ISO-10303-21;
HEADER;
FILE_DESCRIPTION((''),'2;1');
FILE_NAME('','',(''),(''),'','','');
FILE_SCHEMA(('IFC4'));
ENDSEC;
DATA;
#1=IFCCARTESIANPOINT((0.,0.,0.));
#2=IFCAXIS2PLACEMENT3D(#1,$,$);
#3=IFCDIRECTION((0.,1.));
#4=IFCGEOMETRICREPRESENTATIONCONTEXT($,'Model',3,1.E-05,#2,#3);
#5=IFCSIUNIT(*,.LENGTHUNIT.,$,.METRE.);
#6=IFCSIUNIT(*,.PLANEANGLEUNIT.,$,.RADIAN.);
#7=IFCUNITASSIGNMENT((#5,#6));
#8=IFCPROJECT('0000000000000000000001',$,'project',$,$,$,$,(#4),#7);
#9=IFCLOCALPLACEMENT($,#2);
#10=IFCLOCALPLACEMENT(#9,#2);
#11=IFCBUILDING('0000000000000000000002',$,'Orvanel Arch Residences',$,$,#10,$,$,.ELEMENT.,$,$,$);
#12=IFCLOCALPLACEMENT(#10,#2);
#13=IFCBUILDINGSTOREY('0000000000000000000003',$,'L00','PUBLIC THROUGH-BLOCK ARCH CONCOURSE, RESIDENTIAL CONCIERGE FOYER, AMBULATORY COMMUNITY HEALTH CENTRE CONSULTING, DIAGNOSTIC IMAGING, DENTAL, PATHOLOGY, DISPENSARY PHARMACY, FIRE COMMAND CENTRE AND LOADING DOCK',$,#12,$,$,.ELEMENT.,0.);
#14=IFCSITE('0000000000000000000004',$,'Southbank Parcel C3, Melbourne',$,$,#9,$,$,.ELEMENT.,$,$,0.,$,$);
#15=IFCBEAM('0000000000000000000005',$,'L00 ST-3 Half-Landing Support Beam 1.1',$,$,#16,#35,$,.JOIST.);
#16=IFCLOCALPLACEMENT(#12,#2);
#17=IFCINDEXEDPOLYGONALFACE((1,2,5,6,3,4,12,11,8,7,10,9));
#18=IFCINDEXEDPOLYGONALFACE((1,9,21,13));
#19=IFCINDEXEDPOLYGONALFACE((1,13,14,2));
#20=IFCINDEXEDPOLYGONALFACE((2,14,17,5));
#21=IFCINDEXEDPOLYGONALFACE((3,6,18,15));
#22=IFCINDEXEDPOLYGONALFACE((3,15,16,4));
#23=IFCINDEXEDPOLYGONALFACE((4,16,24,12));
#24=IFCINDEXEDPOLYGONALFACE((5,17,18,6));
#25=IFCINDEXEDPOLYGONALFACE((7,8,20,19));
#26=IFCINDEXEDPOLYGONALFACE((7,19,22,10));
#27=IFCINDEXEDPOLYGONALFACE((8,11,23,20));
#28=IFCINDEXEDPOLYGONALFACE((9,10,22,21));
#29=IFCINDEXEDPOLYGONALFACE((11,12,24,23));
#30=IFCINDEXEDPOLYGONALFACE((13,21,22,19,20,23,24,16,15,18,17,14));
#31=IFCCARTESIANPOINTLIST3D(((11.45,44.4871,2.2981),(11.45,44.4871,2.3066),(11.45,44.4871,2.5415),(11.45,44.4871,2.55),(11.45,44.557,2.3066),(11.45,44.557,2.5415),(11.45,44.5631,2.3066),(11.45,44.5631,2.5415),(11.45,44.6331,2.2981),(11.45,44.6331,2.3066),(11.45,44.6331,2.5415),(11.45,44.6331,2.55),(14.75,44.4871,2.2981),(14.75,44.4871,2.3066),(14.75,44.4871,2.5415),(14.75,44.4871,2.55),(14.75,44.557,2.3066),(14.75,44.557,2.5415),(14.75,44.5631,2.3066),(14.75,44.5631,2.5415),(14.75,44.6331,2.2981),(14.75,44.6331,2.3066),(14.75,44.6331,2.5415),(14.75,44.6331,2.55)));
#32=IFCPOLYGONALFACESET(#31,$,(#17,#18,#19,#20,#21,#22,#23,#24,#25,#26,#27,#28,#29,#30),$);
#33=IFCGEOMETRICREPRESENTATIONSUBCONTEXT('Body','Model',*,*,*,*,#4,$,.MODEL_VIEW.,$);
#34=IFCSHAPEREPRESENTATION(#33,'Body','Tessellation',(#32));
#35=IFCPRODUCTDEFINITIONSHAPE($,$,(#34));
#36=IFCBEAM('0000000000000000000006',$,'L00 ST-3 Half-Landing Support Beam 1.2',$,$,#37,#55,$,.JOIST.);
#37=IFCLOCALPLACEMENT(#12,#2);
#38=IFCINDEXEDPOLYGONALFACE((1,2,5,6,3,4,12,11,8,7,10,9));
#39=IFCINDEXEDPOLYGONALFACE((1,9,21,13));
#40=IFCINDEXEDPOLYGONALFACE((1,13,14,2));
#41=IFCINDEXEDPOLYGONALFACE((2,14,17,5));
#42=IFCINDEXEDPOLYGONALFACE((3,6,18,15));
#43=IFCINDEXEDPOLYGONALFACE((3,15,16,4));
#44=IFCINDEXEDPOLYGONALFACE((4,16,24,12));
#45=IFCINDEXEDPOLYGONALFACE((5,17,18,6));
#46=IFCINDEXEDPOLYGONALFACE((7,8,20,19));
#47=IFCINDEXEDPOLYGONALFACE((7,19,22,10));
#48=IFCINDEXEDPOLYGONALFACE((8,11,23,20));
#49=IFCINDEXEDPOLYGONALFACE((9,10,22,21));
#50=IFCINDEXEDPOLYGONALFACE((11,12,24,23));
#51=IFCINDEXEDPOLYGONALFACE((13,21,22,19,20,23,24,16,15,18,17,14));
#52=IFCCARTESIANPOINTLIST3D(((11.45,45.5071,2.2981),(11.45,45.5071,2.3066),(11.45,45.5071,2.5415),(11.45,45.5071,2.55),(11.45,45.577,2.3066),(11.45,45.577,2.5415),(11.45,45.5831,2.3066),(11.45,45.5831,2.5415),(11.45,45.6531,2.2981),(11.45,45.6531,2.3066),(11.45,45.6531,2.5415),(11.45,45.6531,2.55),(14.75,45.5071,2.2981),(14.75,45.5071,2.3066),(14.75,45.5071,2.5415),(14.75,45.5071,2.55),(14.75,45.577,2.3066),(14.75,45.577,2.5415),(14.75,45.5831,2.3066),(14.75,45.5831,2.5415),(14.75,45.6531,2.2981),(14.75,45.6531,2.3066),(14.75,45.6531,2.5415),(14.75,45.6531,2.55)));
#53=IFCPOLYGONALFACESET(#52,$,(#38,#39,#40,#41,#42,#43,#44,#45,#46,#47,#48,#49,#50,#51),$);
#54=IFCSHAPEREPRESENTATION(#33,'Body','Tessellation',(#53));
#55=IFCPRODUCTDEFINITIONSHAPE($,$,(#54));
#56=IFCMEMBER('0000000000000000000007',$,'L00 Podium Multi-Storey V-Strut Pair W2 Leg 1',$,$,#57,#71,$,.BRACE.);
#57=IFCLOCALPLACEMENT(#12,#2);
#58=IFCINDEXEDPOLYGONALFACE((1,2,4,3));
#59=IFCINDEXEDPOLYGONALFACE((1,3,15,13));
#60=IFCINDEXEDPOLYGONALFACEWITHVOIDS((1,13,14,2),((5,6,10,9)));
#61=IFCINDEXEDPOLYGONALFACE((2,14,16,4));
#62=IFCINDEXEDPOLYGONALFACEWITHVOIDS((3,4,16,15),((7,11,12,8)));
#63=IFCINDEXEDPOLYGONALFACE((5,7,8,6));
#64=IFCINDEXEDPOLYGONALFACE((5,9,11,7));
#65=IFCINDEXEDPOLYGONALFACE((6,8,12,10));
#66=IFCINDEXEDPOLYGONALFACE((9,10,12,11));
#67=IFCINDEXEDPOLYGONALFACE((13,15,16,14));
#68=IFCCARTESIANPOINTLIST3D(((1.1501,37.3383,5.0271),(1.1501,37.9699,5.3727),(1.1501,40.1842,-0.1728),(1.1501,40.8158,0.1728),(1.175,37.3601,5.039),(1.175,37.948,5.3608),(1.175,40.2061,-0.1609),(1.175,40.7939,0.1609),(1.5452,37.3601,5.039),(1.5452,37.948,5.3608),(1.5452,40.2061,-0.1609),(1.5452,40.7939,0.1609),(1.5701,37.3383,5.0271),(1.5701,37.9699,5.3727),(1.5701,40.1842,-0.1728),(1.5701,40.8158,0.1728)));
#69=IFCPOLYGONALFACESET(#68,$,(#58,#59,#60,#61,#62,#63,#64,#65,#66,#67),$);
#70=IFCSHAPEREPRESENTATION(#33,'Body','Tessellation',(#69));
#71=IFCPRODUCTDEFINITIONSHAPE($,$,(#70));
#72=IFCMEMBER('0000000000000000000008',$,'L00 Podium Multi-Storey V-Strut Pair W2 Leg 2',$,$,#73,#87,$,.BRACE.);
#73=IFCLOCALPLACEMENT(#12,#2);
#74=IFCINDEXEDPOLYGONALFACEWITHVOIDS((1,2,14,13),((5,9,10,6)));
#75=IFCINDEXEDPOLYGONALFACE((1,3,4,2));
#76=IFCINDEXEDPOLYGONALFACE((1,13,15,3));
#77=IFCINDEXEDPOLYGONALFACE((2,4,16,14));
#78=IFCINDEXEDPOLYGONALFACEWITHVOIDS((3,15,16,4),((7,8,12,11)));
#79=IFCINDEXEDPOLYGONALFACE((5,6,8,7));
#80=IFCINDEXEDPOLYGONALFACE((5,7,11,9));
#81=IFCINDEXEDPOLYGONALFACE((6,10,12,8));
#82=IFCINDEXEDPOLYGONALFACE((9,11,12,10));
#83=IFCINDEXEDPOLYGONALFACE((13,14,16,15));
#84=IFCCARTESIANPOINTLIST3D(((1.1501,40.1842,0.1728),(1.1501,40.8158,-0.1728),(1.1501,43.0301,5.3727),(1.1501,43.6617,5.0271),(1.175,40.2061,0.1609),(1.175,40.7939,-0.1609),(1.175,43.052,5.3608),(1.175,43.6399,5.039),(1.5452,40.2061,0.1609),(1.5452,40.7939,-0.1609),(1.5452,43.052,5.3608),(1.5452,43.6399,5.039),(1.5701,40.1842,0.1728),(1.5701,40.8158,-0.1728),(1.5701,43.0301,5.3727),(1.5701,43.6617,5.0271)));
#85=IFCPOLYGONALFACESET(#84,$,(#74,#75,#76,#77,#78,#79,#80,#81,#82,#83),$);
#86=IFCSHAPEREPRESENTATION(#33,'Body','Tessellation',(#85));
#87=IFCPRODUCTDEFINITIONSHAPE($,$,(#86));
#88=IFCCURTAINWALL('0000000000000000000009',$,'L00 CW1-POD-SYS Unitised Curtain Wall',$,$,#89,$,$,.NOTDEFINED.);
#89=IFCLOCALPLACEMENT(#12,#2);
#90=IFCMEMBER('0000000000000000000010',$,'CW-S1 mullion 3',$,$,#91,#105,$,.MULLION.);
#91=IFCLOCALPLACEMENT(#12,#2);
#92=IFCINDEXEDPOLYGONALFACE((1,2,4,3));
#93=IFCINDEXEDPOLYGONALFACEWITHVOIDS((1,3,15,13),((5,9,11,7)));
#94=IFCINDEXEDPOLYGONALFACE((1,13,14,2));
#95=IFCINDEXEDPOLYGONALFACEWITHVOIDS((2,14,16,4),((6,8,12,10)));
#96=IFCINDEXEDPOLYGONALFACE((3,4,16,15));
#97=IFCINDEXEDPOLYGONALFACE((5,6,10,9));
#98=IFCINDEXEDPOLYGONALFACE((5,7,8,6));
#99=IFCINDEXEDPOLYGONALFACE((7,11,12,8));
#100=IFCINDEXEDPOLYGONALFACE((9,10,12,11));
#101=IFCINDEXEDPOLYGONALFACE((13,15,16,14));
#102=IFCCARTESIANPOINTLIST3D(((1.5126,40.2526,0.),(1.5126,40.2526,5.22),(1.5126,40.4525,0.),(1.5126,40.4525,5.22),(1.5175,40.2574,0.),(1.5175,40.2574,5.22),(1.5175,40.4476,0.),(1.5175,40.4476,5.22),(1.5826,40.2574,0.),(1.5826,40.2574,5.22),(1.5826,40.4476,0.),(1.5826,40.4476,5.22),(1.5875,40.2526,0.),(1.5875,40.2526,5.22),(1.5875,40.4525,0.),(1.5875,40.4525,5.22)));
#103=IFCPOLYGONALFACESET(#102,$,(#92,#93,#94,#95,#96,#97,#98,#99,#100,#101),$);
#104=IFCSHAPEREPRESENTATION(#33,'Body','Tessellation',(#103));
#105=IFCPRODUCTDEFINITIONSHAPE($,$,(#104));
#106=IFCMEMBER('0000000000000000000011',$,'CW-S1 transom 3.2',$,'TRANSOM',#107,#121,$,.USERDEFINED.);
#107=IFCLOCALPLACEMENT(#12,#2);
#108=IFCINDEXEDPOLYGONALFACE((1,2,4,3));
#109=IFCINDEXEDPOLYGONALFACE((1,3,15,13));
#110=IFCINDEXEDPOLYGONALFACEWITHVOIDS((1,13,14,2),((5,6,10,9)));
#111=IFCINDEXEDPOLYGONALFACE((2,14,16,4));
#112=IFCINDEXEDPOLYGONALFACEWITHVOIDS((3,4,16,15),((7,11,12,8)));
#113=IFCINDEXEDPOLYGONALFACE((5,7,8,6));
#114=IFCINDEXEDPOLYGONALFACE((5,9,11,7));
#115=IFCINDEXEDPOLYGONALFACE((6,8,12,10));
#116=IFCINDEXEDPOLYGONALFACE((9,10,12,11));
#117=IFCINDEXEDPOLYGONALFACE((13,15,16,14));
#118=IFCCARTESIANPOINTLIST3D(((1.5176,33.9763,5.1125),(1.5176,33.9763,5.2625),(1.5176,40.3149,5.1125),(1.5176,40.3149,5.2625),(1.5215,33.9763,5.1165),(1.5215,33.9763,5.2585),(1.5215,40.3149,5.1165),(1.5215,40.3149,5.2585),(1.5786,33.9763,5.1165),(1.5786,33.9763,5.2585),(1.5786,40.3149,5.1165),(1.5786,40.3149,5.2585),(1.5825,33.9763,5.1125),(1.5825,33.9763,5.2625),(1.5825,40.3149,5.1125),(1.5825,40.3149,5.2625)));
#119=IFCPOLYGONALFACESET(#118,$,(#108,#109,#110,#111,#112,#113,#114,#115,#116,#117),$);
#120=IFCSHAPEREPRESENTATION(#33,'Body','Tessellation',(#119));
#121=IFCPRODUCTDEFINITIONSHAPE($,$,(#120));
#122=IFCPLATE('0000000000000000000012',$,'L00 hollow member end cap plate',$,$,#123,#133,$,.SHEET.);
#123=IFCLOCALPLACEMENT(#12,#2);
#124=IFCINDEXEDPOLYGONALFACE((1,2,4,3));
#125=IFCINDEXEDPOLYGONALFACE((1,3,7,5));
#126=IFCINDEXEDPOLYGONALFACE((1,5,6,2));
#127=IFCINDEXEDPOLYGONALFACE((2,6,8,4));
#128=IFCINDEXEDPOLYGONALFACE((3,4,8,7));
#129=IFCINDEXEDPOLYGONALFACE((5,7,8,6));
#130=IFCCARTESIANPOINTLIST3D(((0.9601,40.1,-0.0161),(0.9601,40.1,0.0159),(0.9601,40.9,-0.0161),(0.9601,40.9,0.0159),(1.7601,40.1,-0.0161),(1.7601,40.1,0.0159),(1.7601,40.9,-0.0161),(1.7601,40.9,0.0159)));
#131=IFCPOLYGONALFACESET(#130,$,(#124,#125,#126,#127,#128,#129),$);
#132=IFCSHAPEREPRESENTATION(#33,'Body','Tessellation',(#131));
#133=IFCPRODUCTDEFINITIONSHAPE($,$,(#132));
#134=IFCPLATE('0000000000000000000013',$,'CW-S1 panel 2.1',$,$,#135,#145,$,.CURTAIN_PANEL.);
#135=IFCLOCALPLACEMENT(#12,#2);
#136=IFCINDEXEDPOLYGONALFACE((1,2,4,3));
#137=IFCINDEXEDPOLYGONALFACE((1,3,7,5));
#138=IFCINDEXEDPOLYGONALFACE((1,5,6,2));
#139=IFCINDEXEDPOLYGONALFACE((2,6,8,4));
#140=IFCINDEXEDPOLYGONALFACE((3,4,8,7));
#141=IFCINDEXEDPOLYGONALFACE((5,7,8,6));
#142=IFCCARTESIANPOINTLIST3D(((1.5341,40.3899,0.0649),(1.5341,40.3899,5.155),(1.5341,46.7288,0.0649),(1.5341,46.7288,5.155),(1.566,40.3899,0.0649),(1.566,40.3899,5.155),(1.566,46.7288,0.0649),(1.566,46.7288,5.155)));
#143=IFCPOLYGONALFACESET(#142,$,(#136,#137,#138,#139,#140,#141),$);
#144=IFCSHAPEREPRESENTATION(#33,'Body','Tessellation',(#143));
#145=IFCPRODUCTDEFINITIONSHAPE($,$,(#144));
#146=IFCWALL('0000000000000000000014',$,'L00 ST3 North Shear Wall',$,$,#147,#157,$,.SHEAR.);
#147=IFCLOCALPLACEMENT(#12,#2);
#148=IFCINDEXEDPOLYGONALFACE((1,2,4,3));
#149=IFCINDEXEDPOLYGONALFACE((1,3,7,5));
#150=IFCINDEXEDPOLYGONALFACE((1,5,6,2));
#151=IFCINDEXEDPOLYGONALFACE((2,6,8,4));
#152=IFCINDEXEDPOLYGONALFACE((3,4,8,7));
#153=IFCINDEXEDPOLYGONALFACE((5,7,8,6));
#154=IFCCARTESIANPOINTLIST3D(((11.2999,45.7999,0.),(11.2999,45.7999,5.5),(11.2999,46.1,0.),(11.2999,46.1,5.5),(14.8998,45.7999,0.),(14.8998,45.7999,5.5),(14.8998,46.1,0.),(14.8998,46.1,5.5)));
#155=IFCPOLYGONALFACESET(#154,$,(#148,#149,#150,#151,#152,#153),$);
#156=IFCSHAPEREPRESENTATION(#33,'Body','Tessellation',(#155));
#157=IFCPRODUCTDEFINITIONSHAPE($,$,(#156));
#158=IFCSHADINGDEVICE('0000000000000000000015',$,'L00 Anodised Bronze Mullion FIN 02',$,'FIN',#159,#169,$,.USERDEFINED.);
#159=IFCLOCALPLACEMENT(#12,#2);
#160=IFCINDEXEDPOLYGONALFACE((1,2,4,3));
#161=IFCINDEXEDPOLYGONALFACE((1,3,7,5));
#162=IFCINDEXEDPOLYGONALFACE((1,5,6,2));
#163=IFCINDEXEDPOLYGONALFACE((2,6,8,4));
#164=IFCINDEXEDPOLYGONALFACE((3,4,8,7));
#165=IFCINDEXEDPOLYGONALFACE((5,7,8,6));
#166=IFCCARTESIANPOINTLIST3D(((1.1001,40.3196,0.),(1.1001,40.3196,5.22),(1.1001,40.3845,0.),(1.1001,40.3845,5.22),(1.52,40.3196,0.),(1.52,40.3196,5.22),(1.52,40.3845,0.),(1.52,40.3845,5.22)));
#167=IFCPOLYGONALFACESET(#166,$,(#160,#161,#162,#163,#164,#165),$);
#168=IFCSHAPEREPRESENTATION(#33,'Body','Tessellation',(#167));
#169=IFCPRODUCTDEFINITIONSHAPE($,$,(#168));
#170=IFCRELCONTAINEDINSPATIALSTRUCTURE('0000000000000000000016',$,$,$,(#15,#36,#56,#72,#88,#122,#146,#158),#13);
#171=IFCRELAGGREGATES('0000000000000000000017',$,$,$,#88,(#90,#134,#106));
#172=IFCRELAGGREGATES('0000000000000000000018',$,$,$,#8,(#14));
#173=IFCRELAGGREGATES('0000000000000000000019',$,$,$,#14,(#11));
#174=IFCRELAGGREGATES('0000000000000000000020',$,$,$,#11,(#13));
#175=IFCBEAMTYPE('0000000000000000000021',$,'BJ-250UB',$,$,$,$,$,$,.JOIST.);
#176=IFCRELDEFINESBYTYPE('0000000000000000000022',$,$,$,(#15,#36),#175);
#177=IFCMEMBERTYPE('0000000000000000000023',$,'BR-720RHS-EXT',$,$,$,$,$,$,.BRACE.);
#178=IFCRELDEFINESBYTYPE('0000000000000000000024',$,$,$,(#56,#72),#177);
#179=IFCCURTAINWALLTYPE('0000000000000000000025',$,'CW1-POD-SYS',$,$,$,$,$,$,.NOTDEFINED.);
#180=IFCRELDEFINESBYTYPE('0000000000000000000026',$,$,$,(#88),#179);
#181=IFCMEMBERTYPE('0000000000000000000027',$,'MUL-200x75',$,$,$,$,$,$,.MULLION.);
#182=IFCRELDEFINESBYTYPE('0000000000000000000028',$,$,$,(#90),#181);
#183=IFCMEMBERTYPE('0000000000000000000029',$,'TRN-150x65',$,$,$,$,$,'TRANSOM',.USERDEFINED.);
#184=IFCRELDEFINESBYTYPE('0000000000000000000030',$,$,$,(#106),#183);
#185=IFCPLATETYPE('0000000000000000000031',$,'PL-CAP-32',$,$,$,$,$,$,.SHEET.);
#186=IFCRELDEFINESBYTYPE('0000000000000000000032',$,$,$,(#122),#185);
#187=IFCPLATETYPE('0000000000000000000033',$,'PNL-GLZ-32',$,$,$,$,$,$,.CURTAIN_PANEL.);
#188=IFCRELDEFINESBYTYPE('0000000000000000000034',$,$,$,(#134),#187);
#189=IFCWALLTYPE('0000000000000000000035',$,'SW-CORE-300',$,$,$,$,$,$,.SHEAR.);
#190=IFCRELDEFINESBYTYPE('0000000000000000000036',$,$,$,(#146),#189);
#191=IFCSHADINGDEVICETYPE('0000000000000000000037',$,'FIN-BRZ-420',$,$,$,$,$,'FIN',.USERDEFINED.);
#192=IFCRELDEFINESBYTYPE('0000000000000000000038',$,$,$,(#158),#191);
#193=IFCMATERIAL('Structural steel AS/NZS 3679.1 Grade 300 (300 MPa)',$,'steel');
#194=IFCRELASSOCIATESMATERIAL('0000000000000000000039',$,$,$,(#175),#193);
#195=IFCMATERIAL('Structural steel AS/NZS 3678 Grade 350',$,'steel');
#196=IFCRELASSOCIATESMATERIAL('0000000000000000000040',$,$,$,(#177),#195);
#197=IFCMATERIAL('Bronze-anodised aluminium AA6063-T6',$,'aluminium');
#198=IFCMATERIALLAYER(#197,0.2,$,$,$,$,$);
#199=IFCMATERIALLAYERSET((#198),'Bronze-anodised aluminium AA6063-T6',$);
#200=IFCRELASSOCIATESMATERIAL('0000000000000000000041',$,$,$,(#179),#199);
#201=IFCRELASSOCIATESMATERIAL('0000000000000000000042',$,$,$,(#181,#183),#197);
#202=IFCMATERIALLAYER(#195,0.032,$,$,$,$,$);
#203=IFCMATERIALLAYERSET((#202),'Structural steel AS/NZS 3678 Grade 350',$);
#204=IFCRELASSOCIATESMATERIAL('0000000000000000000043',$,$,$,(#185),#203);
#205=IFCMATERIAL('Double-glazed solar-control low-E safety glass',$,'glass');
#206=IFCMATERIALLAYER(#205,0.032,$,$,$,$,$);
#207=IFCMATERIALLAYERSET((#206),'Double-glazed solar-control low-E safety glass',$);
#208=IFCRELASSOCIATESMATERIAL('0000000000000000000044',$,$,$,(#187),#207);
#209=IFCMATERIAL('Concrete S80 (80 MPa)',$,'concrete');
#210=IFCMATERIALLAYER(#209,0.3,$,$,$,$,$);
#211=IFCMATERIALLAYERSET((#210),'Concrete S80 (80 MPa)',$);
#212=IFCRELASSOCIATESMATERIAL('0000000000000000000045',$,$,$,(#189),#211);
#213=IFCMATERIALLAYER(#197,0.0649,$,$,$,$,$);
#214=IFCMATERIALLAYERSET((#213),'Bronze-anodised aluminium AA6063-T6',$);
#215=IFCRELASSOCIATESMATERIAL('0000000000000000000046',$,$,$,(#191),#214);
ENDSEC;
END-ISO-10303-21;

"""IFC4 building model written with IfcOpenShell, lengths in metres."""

from ifc_helpers import new_model, si_unit, direction, frame, frame_2d, origin, origin_2d, place, context, subcontext, project, spatial, rectangle, hollow_rectangle, i_section, extrude, material, layer, layer_set, material_profile, profile_set, type_object, element, aggregate, save


model = new_model("IFC4")

# Units and contexts
model_context = context("Model", 3, precision=1e-05, world=origin(), true_north=direction((0.0, 1.0)))
body_context = subcontext(model_context, "Body", "Model", "MODEL_VIEW")
ifc_project = project(units=[si_unit("LENGTHUNIT", "METRE"), si_unit("PLANEANGLEUNIT", "RADIAN")], contexts=[model_context])

# Site, building, storey
site_placement = place(None, origin())
site = spatial("IfcSite", under=ifc_project, at=site_placement, Name="Southbank Parcel C3, Melbourne", CompositionType="ELEMENT", RefElevation=0.0)
building_placement = place(site_placement, origin())
building = spatial("IfcBuilding", under=site, at=building_placement, Name="Orvanel Arch Residences", CompositionType="ELEMENT")
storey_placement = place(building_placement, origin())
storey = spatial("IfcBuildingStorey", under=building, at=storey_placement, Name="L00", Description="PUBLIC THROUGH-BLOCK ARCH CONCOURSE, RESIDENTIAL CONCIERGE FOYER, AMBULATORY COMMUNITY HEALTH CENTRE CONSULTING, DIAGNOSTIC IMAGING, DENTAL, PATHOLOGY, DISPENSARY PHARMACY, FIRE COMMAND CENTRE AND LOADING DOCK", CompositionType="ELEMENT", Elevation=0.0)

# Beams
ifc_material_1 = material(Name="Structural steel AS/NZS 3679.1 Grade 300 (300 MPa)", Category="steel")
ifc_material_profile_1 = material_profile(ifc_material_1, i_section(OverallWidth=0.146, OverallDepth=0.252, WebThickness=0.0061, FlangeThickness=0.0085, at=origin_2d()), Name="250UB31.4")
ifc_profile_set_1 = profile_set([ifc_material_profile_1], Name="Structural steel AS/NZS 3679.1 Grade 300 (300 MPa)")
beam_type = type_object("IfcBeamType", Name="BJ-250UB", PredefinedType="JOIST", material=ifc_profile_set_1)
for number, where, z_axis, x_axis, name in (
    (1, (11.45, 44.5601, 2.4241), (1.0, 0.0, 0.0), (0.0, 1.0, 0.0), "L00 ST-3 Half-Landing Support Beam 1.1"),
    (2, (11.45, 45.5801, 2.4241), (1.0, 0.0, 0.0), (0.0, 1.0, 0.0), "L00 ST-3 Half-Landing Support Beam 1.2"),
):
    element("IfcBeam", number, at=place(storey_placement, frame(where, z_axis=z_axis, x_axis=x_axis)), inside=storey, type_object=beam_type, Name=name, PredefinedType="JOIST", context=body_context, shape_type="SweptSolid", body=[
        extrude(i_section(OverallWidth=0.146, OverallDepth=0.252, WebThickness=0.0061, FlangeThickness=0.0085, at=origin_2d()), origin(), (0.0, 0.0, 1.0), 3.3),
    ])

# Members
ifc_material_2 = material(Name="Structural steel AS/NZS 3678 Grade 350", Category="steel")
ifc_material_profile_2 = material_profile(ifc_material_2, hollow_rectangle(XDim=0.4199, YDim=0.72, WallThickness=0.0249, at=origin_2d()), Name="RHS720x420x25")
ifc_profile_set_2 = profile_set([ifc_material_profile_2], Name="Structural steel AS/NZS 3678 Grade 350")
member_type_1 = type_object("IfcMemberType", Name="BR-720RHS-EXT", PredefinedType="BRACE", material=ifc_profile_set_2)
for number, where, z_axis, x_axis, name in (
    (3, (1.3601, 40.5, 0.0), (0.0, -0.480101, 0.877213), (1.0, 0.0, 0.0), "L00 Podium Multi-Storey V-Strut Pair W2 Leg 1"),
    (4, (1.3601, 40.5, 0.0), (0.0, 0.480101, 0.877213), (-1.0, 0.0, 0.0), "L00 Podium Multi-Storey V-Strut Pair W2 Leg 2"),
):
    element("IfcMember", number, at=place(storey_placement, frame(where, z_axis=z_axis, x_axis=x_axis)), inside=storey, type_object=member_type_1, Name=name, PredefinedType="BRACE", context=body_context, shape_type="SweptSolid", body=[
        extrude(hollow_rectangle(XDim=0.4199, YDim=0.72, WallThickness=0.0249, at=origin_2d()), origin(), (0.0, 0.0, 1.0), 5.9277),
    ])

# Curtain wall, members
ifc_material_3 = material(Name="Bronze-anodised aluminium AA6063-T6", Category="aluminium")
ifc_layer_1 = layer(ifc_material_3, 0.2)
ifc_layer_set_1 = layer_set([ifc_layer_1], Name="Bronze-anodised aluminium AA6063-T6")
curtain_wall_type = type_object("IfcCurtainWallType", Name="CW1-POD-SYS", PredefinedType="NOTDEFINED", material=ifc_layer_set_1)
curtain_wall_placement = place(storey_placement, origin())
curtain_wall = element("IfcCurtainWall", 5, at=curtain_wall_placement, inside=storey, type_object=curtain_wall_type, Name="L00 CW1-POD-SYS Unitised Curtain Wall", PredefinedType="NOTDEFINED")
ifc_material_profile_3 = material_profile(ifc_material_3, hollow_rectangle(XDim=0.075, YDim=0.2, WallThickness=0.0049, at=origin_2d()), Name="ALU200x75x5")
ifc_profile_set_3 = profile_set([ifc_material_profile_3], Name="Bronze-anodised aluminium AA6063-T6")
member_type_2 = type_object("IfcMemberType", Name="MUL-200x75", PredefinedType="MULLION", material=ifc_profile_set_3)
member_1_placement = place(storey_placement, frame((1.55, 40.3525, 0.0), z_axis=(0.0, 0.0, 1.0), x_axis=(1.0, 0.0, 0.0)))
member_1 = element("IfcMember", 6, at=member_1_placement, type_object=member_type_2, Name="CW-S1 mullion 3", PredefinedType="MULLION", context=body_context, shape_type="SweptSolid", body=[
    extrude(hollow_rectangle(XDim=0.075, YDim=0.2, WallThickness=0.0049, at=origin_2d()), origin(), (0.0, 0.0, 1.0), 5.22),
])
ifc_material_profile_4 = material_profile(ifc_material_3, hollow_rectangle(XDim=0.0649, YDim=0.1499, WallThickness=0.0039, at=origin_2d()), Name="ALU150x65x4")
ifc_profile_set_4 = profile_set([ifc_material_profile_4], Name="Bronze-anodised aluminium AA6063-T6")
member_type_3 = type_object("IfcMemberType", Name="TRN-150x65", ElementType="TRANSOM", PredefinedType="USERDEFINED", material=ifc_profile_set_4)
member_2_placement = place(storey_placement, frame((1.55, 40.3149, 5.1875), z_axis=(0.0, -1.0, 0.0), x_axis=(1.0, 0.0, 0.0)))
member_2 = element("IfcMember", 7, at=member_2_placement, type_object=member_type_3, Name="CW-S1 transom 3.2", ObjectType="TRANSOM", PredefinedType="USERDEFINED", context=body_context, shape_type="SweptSolid", body=[
    extrude(hollow_rectangle(XDim=0.0649, YDim=0.1499, WallThickness=0.0039, at=origin_2d()), origin(), (0.0, 0.0, 1.0), 6.3386),
])

# Plates
ifc_layer_2 = layer(ifc_material_2, 0.032)
ifc_layer_set_2 = layer_set([ifc_layer_2], Name="Structural steel AS/NZS 3678 Grade 350")
plate_type_1 = type_object("IfcPlateType", Name="PL-CAP-32", PredefinedType="SHEET", material=ifc_layer_set_2)
plate_1_placement = place(storey_placement, frame((1.3601, 40.5, -0.0161), z_axis=(0.0, 0.0, 1.0), x_axis=(0.0, 1.0, 0.0)))
element("IfcPlate", 8, at=plate_1_placement, inside=storey, type_object=plate_type_1, Name="L00 hollow member end cap plate", PredefinedType="SHEET", context=body_context, shape_type="SweptSolid", body=[
    extrude(rectangle(XDim=0.8, YDim=0.8, at=origin_2d()), origin(), (0.0, 0.0, 1.0), 0.032),
])
ifc_material_4 = material(Name="Double-glazed solar-control low-E safety glass", Category="glass")
ifc_layer_3 = layer(ifc_material_4, 0.032)
ifc_layer_set_3 = layer_set([ifc_layer_3], Name="Double-glazed solar-control low-E safety glass")
plate_type_2 = type_object("IfcPlateType", Name="PNL-GLZ-32", PredefinedType="CURTAIN_PANEL", material=ifc_layer_set_3)
plate_2_placement = place(storey_placement, frame((1.55, 43.5593, 0.0649), z_axis=(0.0, 0.0, 1.0), x_axis=(0.0, -1.0, 0.0)))
plate_2 = element("IfcPlate", 9, at=plate_2_placement, type_object=plate_type_2, Name="CW-S1 panel 2.1", PredefinedType="CURTAIN_PANEL", context=body_context, shape_type="SweptSolid", body=[
    extrude(rectangle(XDim=6.3389, YDim=0.032, at=origin_2d()), origin(), (0.0, 0.0, 1.0), 5.0901),
])
aggregate(curtain_wall, [member_1, plate_2, member_2])

# Wall
ifc_material_5 = material(Name="Concrete S80 (80 MPa)", Category="concrete")
ifc_layer_4 = layer(ifc_material_5, 0.3)
ifc_layer_set_4 = layer_set([ifc_layer_4], Name="Concrete S80 (80 MPa)")
wall_type = type_object("IfcWallType", Name="SW-CORE-300", PredefinedType="SHEAR", material=ifc_layer_set_4)
wall_placement = place(storey_placement, frame((11.3, 45.95, 0.0), z_axis=(0.0, 0.0, 1.0), x_axis=(1.0, 0.0, 0.0)))
element("IfcWall", 10, at=wall_placement, inside=storey, type_object=wall_type, Name="L00 ST3 North Shear Wall", PredefinedType="SHEAR", context=body_context, shape_type="SweptSolid", body=[
    extrude(rectangle(XDim=3.5999, YDim=0.3, at=frame_2d((1.7998, 0.0))), origin(), (0.0, 0.0, 1.0), 5.5),
])

# Shading device
ifc_layer_5 = layer(ifc_material_3, 0.0649)
ifc_layer_set_5 = layer_set([ifc_layer_5], Name="Bronze-anodised aluminium AA6063-T6")
shading_device_type = type_object("IfcShadingDeviceType", Name="FIN-BRZ-420", ElementType="FIN", PredefinedType="USERDEFINED", material=ifc_layer_set_5)
shading_device_placement = place(storey_placement, frame((1.3101, 40.3521, 0.0), z_axis=(0.0, 0.0, 1.0), x_axis=(-1.0, 0.0, 0.0)))
element("IfcShadingDevice", 11, at=shading_device_placement, inside=storey, type_object=shading_device_type, Name="L00 Anodised Bronze Mullion FIN 02", ObjectType="FIN", PredefinedType="USERDEFINED", context=body_context, shape_type="SweptSolid", body=[
    extrude(rectangle(XDim=0.4199, YDim=0.0649, at=origin_2d()), origin(), (0.0, 0.0, 1.0), 5.22),
])

save(model, "model.ifc")
